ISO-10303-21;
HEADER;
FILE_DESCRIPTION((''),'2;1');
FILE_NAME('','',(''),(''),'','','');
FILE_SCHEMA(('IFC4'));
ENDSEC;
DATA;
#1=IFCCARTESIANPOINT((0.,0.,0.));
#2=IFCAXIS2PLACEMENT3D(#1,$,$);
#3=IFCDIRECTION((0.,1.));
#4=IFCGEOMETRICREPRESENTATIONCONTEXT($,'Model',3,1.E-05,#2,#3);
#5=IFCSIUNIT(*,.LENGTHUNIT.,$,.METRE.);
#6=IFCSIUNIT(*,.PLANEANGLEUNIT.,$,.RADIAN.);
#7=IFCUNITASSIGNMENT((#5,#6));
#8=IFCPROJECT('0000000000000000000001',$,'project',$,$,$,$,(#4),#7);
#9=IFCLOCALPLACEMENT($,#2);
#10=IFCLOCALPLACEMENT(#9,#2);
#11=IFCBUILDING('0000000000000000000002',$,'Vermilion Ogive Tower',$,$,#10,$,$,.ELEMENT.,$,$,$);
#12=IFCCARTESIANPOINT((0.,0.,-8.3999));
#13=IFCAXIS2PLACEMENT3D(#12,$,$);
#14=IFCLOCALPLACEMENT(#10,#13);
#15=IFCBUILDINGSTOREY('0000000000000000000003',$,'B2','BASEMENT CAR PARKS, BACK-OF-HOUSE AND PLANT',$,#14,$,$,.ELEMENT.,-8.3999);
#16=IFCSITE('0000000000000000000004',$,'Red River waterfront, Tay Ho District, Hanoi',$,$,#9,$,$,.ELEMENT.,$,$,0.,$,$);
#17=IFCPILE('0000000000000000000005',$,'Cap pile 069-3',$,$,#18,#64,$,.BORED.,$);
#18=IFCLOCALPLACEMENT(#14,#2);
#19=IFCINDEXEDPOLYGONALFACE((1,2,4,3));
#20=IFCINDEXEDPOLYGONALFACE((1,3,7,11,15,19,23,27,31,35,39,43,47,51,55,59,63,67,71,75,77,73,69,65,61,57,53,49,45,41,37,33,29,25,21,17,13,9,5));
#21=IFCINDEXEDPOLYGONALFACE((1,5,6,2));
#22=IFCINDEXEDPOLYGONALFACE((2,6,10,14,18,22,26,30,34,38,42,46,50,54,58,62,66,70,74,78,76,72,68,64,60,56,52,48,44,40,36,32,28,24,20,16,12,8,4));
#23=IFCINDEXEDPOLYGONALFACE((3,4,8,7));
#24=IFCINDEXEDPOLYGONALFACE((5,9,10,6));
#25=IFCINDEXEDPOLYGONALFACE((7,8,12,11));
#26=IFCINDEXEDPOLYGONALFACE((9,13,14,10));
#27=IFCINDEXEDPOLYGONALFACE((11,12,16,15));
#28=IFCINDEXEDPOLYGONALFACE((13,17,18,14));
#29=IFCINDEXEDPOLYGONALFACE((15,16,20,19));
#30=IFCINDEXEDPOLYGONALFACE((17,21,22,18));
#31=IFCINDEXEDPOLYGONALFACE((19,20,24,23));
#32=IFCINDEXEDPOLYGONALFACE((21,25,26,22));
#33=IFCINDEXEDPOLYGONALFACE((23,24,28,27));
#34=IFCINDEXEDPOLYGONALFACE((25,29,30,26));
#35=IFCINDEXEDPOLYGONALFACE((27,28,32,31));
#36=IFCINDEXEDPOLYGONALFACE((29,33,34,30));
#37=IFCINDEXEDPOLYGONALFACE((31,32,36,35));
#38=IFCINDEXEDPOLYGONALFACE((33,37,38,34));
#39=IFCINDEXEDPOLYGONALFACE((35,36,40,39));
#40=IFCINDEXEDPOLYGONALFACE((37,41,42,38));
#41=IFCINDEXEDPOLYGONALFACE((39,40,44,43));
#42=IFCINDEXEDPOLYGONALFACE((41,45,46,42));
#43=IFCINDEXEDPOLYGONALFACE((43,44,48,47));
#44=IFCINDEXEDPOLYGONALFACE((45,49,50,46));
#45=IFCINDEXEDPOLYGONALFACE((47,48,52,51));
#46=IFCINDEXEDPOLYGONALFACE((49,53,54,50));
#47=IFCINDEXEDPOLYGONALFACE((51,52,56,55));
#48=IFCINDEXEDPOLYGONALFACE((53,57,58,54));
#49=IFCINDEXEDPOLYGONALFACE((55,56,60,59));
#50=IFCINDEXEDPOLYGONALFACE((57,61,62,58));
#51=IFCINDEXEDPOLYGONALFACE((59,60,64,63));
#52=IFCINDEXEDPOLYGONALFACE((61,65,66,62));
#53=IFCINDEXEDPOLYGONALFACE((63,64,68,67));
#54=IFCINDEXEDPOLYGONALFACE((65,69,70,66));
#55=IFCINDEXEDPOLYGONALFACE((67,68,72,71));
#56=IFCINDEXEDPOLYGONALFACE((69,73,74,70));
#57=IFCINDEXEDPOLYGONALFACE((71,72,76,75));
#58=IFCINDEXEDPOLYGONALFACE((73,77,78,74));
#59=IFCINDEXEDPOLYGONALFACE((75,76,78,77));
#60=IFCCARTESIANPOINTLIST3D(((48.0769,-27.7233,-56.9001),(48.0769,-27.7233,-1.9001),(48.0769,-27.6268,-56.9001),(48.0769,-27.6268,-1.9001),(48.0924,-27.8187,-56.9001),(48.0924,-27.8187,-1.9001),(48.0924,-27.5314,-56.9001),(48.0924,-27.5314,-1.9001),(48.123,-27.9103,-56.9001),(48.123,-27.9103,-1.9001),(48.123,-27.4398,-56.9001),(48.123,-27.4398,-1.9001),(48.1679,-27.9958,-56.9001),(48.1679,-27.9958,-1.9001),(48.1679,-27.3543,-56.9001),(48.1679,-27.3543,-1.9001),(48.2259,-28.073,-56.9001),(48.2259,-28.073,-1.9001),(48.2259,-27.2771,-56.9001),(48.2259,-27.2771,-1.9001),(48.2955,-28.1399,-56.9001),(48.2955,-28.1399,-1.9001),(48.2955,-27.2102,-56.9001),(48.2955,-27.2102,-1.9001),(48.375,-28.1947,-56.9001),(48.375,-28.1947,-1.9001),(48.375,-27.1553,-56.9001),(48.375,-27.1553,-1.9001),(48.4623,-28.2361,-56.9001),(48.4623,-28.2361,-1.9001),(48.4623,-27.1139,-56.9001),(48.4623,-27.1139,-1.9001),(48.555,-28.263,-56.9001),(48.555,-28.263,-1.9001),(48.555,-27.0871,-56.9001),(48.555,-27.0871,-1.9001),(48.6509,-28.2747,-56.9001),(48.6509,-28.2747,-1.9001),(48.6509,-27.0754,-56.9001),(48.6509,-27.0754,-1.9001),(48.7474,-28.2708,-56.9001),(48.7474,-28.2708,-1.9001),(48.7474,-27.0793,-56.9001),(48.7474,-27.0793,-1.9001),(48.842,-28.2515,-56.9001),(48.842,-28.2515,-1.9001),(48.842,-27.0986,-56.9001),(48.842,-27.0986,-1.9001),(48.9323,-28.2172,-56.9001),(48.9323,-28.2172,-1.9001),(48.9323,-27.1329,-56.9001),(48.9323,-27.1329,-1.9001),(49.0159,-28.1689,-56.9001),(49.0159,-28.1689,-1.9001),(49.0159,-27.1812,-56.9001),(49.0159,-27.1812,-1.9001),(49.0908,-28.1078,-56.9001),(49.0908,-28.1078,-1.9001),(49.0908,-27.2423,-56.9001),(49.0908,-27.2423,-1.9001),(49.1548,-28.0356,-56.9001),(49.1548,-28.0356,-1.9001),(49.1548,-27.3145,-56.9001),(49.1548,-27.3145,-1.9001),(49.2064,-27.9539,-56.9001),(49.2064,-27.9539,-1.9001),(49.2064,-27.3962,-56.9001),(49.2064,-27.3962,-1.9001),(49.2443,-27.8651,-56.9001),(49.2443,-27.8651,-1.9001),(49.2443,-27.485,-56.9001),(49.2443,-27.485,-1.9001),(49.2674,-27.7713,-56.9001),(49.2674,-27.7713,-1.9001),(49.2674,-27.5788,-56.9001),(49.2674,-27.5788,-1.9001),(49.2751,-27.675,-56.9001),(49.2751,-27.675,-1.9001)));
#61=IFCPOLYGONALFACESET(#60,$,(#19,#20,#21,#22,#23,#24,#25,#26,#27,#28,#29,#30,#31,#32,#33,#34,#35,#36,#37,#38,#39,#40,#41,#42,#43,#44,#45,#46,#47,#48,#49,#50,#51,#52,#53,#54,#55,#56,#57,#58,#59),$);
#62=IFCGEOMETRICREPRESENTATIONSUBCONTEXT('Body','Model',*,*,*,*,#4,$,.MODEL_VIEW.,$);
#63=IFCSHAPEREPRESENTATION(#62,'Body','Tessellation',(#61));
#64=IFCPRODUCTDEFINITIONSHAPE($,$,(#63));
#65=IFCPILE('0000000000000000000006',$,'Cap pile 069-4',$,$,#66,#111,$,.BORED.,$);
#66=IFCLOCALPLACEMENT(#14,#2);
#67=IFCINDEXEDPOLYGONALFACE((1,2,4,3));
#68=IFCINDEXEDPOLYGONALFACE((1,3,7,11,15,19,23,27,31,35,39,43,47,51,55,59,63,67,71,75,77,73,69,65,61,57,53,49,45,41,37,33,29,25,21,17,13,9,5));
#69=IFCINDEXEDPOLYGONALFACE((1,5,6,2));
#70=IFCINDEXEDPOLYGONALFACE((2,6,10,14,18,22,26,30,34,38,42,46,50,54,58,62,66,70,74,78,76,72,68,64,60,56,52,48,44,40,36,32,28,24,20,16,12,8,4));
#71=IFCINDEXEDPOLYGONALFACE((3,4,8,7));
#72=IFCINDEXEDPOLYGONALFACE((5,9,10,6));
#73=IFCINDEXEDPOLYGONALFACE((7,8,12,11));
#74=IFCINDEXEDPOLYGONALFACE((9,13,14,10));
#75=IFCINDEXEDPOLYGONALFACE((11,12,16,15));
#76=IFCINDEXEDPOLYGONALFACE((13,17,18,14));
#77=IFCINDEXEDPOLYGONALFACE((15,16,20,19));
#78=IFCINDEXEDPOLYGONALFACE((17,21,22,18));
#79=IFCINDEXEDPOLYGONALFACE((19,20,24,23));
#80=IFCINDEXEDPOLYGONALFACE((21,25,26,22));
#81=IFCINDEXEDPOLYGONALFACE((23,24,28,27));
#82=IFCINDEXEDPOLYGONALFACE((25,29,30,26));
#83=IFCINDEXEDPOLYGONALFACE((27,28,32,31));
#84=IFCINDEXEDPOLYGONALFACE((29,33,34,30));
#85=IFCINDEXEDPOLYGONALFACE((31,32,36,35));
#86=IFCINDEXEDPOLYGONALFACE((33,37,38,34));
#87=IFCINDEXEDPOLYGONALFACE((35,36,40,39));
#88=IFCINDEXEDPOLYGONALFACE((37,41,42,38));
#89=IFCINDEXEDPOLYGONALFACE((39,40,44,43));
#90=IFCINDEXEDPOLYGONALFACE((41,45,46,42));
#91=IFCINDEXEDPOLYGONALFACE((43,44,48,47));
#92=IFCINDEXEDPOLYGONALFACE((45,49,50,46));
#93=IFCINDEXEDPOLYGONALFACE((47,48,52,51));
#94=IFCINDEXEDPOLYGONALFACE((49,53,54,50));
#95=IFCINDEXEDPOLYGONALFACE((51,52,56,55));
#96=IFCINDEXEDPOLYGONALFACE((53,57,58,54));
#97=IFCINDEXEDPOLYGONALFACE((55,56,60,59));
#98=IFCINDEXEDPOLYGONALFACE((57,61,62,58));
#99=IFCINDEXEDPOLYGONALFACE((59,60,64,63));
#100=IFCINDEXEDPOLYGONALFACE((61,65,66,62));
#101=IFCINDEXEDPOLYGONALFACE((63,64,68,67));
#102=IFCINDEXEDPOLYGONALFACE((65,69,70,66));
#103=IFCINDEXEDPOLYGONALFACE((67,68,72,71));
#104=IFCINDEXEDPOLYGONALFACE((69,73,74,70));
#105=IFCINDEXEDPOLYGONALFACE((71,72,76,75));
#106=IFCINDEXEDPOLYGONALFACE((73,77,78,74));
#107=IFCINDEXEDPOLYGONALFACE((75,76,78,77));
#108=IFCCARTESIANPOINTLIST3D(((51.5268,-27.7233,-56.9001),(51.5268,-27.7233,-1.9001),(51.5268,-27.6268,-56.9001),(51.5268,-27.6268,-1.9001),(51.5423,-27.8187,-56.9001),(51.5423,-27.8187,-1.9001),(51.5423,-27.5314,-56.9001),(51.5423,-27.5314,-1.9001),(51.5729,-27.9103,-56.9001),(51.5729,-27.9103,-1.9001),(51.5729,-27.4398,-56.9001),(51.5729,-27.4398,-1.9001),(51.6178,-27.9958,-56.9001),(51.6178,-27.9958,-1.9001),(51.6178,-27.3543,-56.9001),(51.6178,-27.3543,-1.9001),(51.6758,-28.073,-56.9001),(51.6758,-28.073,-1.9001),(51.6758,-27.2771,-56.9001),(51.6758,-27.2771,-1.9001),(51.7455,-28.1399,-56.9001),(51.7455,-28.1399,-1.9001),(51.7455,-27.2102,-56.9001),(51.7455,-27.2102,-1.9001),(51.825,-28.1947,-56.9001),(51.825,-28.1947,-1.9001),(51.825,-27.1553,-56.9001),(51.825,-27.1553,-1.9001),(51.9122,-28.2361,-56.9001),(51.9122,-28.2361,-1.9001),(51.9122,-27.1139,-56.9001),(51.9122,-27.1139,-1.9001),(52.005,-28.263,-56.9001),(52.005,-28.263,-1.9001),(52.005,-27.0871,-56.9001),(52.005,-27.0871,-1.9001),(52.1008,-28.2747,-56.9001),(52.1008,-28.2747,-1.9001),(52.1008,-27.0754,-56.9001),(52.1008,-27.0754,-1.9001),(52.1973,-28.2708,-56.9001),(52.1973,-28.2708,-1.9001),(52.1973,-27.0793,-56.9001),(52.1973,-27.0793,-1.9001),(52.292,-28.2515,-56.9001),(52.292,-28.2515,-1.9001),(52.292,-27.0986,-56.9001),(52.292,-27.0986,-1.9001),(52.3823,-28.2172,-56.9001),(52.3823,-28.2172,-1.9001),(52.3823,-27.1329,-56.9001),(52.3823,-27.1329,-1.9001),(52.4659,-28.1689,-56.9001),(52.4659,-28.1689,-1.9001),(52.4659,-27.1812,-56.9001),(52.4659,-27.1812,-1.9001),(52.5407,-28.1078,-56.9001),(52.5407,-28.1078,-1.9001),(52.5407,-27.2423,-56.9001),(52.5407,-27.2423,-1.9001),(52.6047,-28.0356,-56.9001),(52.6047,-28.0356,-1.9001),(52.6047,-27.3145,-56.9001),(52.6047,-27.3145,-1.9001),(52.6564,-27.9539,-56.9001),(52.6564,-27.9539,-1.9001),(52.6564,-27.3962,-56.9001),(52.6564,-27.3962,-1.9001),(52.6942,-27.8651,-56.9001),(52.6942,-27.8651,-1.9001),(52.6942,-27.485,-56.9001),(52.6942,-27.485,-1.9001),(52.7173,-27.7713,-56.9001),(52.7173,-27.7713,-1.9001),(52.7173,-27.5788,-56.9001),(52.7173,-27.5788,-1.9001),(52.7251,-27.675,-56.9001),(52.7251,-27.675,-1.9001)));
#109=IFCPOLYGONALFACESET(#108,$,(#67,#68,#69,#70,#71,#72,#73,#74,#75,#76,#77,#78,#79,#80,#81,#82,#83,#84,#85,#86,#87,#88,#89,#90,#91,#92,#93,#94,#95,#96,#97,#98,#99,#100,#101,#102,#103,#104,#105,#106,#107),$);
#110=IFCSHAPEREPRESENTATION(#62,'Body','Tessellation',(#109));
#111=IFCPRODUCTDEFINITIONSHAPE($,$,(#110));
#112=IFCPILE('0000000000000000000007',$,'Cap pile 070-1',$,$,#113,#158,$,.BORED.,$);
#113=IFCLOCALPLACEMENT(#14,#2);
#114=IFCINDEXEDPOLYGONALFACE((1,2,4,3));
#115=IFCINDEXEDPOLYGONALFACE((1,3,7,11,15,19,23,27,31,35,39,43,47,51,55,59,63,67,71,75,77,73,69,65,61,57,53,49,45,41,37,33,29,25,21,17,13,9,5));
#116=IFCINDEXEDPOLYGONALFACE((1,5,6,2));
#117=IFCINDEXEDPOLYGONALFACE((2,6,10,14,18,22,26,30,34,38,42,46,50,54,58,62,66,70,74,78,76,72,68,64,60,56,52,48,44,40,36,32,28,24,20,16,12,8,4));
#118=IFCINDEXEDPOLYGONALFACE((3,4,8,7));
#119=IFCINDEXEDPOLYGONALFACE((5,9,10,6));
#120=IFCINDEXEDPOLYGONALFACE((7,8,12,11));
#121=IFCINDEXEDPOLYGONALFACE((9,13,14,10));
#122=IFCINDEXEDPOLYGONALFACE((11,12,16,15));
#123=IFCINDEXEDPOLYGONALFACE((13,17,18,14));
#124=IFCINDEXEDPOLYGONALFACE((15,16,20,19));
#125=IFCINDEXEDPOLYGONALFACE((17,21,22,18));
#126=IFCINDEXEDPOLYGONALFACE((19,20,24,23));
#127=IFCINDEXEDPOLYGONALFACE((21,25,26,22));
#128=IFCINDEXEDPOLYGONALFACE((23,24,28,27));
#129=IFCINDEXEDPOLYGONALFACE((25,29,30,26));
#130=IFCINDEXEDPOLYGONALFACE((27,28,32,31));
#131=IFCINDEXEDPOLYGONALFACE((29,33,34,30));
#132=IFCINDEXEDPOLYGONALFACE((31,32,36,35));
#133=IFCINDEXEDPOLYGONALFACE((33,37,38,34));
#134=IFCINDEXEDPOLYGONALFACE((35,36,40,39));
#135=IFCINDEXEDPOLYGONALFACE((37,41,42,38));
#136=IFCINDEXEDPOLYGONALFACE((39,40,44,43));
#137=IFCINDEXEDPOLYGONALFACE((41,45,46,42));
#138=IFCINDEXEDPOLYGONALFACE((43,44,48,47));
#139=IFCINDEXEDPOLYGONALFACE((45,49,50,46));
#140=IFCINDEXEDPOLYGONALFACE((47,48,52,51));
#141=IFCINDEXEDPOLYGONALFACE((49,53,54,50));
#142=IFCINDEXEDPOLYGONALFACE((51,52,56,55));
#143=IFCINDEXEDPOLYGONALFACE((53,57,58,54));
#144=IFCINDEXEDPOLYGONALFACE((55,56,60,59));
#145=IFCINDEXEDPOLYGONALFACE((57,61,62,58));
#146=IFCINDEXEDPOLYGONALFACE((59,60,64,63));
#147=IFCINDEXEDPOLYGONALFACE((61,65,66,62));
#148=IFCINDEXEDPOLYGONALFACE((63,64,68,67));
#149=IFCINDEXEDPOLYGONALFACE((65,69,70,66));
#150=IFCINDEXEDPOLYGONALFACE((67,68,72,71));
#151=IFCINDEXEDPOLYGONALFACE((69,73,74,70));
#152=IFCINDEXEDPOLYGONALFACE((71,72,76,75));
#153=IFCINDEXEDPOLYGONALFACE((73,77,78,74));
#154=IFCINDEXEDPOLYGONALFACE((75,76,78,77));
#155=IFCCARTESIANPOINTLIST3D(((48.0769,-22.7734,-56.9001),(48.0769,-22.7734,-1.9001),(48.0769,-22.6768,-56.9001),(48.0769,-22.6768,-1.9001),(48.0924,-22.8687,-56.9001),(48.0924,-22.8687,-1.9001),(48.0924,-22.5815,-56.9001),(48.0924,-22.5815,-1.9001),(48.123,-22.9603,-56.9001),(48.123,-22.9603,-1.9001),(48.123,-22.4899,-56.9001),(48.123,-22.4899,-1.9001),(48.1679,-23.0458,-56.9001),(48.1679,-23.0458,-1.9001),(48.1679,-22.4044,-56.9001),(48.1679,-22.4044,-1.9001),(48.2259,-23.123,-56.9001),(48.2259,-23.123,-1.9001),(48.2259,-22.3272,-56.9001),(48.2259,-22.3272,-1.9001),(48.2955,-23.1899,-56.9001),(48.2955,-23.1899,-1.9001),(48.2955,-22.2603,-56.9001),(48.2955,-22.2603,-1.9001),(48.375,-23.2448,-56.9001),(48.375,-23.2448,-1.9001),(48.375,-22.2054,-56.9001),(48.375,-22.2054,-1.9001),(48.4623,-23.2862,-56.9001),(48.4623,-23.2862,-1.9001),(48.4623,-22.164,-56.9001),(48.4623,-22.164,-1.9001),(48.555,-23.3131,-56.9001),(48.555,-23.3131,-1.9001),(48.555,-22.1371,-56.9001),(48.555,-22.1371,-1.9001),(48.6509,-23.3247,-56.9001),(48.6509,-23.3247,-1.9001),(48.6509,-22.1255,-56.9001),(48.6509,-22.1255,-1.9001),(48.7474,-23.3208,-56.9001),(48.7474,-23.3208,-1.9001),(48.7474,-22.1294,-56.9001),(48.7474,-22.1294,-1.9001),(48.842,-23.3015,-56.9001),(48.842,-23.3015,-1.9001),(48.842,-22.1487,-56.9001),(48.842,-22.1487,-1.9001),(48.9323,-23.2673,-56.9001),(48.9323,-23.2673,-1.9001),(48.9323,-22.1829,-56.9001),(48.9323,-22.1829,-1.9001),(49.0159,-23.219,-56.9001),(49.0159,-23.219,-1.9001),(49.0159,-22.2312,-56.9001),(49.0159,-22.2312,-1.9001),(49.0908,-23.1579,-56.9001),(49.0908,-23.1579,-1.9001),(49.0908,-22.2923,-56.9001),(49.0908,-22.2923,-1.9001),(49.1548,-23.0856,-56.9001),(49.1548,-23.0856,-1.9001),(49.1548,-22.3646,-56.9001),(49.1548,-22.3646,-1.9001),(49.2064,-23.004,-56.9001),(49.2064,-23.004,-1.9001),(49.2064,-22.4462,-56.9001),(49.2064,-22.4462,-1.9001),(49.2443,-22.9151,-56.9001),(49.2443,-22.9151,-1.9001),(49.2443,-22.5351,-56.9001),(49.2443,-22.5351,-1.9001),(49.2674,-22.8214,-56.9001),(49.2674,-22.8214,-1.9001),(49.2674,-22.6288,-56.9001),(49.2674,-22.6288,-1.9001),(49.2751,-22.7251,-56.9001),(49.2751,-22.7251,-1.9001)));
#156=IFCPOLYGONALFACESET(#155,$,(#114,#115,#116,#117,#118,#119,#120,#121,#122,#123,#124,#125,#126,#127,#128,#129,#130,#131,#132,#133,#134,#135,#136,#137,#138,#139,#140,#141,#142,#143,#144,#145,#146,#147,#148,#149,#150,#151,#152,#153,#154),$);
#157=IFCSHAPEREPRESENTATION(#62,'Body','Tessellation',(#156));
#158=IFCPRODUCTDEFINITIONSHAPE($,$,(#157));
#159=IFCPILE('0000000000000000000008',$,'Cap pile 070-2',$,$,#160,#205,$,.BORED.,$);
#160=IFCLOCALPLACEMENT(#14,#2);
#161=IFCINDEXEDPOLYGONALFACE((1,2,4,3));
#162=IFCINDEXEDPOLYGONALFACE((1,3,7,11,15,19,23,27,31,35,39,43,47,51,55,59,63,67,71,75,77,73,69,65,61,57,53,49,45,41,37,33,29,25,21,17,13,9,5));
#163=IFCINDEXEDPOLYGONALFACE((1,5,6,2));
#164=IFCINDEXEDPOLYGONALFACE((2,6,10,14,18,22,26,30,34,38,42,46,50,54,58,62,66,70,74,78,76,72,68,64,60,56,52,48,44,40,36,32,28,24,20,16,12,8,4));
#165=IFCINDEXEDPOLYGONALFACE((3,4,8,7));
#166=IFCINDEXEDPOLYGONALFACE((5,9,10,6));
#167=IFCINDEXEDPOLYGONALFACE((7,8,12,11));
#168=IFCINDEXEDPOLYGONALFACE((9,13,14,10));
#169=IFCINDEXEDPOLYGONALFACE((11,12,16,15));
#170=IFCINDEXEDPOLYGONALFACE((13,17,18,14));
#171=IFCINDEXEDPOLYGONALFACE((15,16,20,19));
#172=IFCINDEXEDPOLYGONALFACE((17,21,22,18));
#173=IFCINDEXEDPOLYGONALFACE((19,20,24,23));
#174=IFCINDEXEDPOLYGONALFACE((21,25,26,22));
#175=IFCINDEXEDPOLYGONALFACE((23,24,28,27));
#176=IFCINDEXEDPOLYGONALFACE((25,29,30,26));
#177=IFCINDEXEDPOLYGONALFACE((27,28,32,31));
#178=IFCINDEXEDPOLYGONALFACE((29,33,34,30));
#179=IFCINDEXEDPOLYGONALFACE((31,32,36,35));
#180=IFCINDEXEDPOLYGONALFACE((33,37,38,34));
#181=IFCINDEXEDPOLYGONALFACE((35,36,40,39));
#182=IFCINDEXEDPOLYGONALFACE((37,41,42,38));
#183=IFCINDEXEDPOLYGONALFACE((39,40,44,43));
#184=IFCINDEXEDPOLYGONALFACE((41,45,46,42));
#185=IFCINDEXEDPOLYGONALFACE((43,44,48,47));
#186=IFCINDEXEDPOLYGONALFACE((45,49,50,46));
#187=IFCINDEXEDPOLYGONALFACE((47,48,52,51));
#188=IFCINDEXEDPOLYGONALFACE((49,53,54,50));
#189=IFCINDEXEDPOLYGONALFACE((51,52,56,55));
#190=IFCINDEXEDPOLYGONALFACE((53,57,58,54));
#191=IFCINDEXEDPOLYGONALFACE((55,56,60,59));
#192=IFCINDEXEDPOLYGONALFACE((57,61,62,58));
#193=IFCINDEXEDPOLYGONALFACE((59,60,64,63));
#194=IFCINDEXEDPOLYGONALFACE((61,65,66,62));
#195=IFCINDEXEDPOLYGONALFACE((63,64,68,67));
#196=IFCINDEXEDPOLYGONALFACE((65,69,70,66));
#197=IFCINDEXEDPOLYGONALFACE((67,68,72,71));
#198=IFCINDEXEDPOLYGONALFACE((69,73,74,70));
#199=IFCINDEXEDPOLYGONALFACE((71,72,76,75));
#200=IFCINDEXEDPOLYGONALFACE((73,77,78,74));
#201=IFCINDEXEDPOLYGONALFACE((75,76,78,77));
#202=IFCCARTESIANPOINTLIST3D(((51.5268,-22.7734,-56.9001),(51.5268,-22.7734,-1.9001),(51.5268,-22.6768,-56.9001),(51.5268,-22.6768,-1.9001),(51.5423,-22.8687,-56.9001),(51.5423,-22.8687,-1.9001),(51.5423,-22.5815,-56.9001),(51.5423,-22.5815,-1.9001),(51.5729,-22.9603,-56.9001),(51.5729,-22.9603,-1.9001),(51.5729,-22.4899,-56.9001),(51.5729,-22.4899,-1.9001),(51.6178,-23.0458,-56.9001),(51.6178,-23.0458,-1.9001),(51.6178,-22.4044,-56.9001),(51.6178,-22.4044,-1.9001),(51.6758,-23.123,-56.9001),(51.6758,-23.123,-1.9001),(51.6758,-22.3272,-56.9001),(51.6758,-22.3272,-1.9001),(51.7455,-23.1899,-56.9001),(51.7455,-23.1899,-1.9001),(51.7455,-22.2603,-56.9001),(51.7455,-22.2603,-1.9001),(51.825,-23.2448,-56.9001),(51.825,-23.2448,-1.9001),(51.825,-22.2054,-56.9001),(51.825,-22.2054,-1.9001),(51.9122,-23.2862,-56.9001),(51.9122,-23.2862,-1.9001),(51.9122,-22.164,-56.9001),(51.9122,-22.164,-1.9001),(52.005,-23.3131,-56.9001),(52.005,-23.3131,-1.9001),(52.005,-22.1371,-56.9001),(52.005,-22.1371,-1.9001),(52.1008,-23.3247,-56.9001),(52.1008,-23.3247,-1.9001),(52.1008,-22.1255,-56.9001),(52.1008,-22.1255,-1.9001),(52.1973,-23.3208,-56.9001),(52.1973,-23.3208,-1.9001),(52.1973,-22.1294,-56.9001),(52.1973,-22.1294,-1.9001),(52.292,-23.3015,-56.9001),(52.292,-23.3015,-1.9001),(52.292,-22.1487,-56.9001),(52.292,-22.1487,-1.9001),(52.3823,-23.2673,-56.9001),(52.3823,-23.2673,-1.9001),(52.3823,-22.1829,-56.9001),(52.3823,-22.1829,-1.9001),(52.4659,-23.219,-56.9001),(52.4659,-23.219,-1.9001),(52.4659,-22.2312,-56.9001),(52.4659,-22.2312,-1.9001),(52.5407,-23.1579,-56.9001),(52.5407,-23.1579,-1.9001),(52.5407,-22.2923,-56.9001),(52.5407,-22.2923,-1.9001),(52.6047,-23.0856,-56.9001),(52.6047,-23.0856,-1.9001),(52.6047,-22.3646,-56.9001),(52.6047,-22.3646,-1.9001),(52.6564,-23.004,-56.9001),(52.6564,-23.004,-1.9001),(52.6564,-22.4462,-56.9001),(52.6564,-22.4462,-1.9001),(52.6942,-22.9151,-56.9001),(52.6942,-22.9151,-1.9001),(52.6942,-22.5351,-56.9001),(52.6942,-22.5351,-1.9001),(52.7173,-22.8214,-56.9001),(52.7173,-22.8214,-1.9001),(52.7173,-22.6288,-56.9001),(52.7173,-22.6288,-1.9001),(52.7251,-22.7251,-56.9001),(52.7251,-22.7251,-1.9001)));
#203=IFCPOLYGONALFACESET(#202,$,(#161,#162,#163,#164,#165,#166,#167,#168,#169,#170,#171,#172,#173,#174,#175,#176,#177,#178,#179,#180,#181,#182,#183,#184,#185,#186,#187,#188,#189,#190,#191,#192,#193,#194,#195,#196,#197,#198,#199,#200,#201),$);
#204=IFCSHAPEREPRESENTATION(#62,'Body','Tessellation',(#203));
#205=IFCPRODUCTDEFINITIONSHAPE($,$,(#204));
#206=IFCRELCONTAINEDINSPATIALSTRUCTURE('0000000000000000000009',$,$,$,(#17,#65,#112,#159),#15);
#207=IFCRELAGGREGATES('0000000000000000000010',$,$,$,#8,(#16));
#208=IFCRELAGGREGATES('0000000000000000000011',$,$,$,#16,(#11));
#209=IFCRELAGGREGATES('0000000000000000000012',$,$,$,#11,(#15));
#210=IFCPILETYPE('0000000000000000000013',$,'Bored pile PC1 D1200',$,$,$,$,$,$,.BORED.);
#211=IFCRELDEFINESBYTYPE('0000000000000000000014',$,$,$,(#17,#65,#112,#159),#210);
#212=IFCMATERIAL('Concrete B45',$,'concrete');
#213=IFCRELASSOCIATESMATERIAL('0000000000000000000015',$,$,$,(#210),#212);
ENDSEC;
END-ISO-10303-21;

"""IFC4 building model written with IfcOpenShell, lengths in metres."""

from ifc_helpers import new_model, si_unit, direction, frame, origin, origin_2d, place, context, subcontext, project, spatial, circle, extrude, material, type_object, element, save


model = new_model("IFC4")

# Units and contexts
model_context = context("Model", 3, precision=1e-05, world=origin(), true_north=direction((0.0, 1.0)))
body_context = subcontext(model_context, "Body", "Model", "MODEL_VIEW")
ifc_project = project(units=[si_unit("LENGTHUNIT", "METRE"), si_unit("PLANEANGLEUNIT", "RADIAN")], contexts=[model_context])

# Site, building, storey
site_placement = place(None, origin())
site = spatial("IfcSite", under=ifc_project, at=site_placement, Name="Red River waterfront, Tay Ho District, Hanoi", CompositionType="ELEMENT", RefElevation=0.0)
building_placement = place(site_placement, origin())
building = spatial("IfcBuilding", under=site, at=building_placement, Name="Vermilion Ogive Tower", CompositionType="ELEMENT")
storey_placement = place(building_placement, frame((0.0, 0.0, -8.3999)))
storey = spatial("IfcBuildingStorey", under=building, at=storey_placement, Name="B2", Description="BASEMENT CAR PARKS, BACK-OF-HOUSE AND PLANT", CompositionType="ELEMENT", Elevation=-8.3999)

# Piles
ifc_material_1 = material(Name="Concrete B45", Category="concrete")
pile_type = type_object("IfcPileType", Name="Bored pile PC1 D1200", PredefinedType="BORED", material=ifc_material_1)
for number, where, z_axis, x_axis, name in (
    (1, (48.675, -27.675, -1.9001), (0.0, 0.0, -1.0), (1.0, 0.0, 0.0), "Cap pile 069-3"),
    (2, (52.125, -27.675, -1.9001), (0.0, 0.0, -1.0), (1.0, 0.0, 0.0), "Cap pile 069-4"),
    (3, (48.675, -22.7251, -1.9001), (0.0, 0.0, -1.0), (1.0, 0.0, 0.0), "Cap pile 070-1"),
    (4, (52.125, -22.7251, -1.9001), (0.0, 0.0, -1.0), (1.0, 0.0, 0.0), "Cap pile 070-2"),
):
    element("IfcPile", number, at=place(storey_placement, frame(where, z_axis=z_axis, x_axis=x_axis)), inside=storey, type_object=pile_type, Name=name, PredefinedType="BORED", context=body_context, shape_type="SweptSolid", body=[
        extrude(circle(Radius=0.6001, at=origin_2d()), origin(), (0.0, 0.0, 1.0), 55.0),
    ])

save(model, "model.ifc")
